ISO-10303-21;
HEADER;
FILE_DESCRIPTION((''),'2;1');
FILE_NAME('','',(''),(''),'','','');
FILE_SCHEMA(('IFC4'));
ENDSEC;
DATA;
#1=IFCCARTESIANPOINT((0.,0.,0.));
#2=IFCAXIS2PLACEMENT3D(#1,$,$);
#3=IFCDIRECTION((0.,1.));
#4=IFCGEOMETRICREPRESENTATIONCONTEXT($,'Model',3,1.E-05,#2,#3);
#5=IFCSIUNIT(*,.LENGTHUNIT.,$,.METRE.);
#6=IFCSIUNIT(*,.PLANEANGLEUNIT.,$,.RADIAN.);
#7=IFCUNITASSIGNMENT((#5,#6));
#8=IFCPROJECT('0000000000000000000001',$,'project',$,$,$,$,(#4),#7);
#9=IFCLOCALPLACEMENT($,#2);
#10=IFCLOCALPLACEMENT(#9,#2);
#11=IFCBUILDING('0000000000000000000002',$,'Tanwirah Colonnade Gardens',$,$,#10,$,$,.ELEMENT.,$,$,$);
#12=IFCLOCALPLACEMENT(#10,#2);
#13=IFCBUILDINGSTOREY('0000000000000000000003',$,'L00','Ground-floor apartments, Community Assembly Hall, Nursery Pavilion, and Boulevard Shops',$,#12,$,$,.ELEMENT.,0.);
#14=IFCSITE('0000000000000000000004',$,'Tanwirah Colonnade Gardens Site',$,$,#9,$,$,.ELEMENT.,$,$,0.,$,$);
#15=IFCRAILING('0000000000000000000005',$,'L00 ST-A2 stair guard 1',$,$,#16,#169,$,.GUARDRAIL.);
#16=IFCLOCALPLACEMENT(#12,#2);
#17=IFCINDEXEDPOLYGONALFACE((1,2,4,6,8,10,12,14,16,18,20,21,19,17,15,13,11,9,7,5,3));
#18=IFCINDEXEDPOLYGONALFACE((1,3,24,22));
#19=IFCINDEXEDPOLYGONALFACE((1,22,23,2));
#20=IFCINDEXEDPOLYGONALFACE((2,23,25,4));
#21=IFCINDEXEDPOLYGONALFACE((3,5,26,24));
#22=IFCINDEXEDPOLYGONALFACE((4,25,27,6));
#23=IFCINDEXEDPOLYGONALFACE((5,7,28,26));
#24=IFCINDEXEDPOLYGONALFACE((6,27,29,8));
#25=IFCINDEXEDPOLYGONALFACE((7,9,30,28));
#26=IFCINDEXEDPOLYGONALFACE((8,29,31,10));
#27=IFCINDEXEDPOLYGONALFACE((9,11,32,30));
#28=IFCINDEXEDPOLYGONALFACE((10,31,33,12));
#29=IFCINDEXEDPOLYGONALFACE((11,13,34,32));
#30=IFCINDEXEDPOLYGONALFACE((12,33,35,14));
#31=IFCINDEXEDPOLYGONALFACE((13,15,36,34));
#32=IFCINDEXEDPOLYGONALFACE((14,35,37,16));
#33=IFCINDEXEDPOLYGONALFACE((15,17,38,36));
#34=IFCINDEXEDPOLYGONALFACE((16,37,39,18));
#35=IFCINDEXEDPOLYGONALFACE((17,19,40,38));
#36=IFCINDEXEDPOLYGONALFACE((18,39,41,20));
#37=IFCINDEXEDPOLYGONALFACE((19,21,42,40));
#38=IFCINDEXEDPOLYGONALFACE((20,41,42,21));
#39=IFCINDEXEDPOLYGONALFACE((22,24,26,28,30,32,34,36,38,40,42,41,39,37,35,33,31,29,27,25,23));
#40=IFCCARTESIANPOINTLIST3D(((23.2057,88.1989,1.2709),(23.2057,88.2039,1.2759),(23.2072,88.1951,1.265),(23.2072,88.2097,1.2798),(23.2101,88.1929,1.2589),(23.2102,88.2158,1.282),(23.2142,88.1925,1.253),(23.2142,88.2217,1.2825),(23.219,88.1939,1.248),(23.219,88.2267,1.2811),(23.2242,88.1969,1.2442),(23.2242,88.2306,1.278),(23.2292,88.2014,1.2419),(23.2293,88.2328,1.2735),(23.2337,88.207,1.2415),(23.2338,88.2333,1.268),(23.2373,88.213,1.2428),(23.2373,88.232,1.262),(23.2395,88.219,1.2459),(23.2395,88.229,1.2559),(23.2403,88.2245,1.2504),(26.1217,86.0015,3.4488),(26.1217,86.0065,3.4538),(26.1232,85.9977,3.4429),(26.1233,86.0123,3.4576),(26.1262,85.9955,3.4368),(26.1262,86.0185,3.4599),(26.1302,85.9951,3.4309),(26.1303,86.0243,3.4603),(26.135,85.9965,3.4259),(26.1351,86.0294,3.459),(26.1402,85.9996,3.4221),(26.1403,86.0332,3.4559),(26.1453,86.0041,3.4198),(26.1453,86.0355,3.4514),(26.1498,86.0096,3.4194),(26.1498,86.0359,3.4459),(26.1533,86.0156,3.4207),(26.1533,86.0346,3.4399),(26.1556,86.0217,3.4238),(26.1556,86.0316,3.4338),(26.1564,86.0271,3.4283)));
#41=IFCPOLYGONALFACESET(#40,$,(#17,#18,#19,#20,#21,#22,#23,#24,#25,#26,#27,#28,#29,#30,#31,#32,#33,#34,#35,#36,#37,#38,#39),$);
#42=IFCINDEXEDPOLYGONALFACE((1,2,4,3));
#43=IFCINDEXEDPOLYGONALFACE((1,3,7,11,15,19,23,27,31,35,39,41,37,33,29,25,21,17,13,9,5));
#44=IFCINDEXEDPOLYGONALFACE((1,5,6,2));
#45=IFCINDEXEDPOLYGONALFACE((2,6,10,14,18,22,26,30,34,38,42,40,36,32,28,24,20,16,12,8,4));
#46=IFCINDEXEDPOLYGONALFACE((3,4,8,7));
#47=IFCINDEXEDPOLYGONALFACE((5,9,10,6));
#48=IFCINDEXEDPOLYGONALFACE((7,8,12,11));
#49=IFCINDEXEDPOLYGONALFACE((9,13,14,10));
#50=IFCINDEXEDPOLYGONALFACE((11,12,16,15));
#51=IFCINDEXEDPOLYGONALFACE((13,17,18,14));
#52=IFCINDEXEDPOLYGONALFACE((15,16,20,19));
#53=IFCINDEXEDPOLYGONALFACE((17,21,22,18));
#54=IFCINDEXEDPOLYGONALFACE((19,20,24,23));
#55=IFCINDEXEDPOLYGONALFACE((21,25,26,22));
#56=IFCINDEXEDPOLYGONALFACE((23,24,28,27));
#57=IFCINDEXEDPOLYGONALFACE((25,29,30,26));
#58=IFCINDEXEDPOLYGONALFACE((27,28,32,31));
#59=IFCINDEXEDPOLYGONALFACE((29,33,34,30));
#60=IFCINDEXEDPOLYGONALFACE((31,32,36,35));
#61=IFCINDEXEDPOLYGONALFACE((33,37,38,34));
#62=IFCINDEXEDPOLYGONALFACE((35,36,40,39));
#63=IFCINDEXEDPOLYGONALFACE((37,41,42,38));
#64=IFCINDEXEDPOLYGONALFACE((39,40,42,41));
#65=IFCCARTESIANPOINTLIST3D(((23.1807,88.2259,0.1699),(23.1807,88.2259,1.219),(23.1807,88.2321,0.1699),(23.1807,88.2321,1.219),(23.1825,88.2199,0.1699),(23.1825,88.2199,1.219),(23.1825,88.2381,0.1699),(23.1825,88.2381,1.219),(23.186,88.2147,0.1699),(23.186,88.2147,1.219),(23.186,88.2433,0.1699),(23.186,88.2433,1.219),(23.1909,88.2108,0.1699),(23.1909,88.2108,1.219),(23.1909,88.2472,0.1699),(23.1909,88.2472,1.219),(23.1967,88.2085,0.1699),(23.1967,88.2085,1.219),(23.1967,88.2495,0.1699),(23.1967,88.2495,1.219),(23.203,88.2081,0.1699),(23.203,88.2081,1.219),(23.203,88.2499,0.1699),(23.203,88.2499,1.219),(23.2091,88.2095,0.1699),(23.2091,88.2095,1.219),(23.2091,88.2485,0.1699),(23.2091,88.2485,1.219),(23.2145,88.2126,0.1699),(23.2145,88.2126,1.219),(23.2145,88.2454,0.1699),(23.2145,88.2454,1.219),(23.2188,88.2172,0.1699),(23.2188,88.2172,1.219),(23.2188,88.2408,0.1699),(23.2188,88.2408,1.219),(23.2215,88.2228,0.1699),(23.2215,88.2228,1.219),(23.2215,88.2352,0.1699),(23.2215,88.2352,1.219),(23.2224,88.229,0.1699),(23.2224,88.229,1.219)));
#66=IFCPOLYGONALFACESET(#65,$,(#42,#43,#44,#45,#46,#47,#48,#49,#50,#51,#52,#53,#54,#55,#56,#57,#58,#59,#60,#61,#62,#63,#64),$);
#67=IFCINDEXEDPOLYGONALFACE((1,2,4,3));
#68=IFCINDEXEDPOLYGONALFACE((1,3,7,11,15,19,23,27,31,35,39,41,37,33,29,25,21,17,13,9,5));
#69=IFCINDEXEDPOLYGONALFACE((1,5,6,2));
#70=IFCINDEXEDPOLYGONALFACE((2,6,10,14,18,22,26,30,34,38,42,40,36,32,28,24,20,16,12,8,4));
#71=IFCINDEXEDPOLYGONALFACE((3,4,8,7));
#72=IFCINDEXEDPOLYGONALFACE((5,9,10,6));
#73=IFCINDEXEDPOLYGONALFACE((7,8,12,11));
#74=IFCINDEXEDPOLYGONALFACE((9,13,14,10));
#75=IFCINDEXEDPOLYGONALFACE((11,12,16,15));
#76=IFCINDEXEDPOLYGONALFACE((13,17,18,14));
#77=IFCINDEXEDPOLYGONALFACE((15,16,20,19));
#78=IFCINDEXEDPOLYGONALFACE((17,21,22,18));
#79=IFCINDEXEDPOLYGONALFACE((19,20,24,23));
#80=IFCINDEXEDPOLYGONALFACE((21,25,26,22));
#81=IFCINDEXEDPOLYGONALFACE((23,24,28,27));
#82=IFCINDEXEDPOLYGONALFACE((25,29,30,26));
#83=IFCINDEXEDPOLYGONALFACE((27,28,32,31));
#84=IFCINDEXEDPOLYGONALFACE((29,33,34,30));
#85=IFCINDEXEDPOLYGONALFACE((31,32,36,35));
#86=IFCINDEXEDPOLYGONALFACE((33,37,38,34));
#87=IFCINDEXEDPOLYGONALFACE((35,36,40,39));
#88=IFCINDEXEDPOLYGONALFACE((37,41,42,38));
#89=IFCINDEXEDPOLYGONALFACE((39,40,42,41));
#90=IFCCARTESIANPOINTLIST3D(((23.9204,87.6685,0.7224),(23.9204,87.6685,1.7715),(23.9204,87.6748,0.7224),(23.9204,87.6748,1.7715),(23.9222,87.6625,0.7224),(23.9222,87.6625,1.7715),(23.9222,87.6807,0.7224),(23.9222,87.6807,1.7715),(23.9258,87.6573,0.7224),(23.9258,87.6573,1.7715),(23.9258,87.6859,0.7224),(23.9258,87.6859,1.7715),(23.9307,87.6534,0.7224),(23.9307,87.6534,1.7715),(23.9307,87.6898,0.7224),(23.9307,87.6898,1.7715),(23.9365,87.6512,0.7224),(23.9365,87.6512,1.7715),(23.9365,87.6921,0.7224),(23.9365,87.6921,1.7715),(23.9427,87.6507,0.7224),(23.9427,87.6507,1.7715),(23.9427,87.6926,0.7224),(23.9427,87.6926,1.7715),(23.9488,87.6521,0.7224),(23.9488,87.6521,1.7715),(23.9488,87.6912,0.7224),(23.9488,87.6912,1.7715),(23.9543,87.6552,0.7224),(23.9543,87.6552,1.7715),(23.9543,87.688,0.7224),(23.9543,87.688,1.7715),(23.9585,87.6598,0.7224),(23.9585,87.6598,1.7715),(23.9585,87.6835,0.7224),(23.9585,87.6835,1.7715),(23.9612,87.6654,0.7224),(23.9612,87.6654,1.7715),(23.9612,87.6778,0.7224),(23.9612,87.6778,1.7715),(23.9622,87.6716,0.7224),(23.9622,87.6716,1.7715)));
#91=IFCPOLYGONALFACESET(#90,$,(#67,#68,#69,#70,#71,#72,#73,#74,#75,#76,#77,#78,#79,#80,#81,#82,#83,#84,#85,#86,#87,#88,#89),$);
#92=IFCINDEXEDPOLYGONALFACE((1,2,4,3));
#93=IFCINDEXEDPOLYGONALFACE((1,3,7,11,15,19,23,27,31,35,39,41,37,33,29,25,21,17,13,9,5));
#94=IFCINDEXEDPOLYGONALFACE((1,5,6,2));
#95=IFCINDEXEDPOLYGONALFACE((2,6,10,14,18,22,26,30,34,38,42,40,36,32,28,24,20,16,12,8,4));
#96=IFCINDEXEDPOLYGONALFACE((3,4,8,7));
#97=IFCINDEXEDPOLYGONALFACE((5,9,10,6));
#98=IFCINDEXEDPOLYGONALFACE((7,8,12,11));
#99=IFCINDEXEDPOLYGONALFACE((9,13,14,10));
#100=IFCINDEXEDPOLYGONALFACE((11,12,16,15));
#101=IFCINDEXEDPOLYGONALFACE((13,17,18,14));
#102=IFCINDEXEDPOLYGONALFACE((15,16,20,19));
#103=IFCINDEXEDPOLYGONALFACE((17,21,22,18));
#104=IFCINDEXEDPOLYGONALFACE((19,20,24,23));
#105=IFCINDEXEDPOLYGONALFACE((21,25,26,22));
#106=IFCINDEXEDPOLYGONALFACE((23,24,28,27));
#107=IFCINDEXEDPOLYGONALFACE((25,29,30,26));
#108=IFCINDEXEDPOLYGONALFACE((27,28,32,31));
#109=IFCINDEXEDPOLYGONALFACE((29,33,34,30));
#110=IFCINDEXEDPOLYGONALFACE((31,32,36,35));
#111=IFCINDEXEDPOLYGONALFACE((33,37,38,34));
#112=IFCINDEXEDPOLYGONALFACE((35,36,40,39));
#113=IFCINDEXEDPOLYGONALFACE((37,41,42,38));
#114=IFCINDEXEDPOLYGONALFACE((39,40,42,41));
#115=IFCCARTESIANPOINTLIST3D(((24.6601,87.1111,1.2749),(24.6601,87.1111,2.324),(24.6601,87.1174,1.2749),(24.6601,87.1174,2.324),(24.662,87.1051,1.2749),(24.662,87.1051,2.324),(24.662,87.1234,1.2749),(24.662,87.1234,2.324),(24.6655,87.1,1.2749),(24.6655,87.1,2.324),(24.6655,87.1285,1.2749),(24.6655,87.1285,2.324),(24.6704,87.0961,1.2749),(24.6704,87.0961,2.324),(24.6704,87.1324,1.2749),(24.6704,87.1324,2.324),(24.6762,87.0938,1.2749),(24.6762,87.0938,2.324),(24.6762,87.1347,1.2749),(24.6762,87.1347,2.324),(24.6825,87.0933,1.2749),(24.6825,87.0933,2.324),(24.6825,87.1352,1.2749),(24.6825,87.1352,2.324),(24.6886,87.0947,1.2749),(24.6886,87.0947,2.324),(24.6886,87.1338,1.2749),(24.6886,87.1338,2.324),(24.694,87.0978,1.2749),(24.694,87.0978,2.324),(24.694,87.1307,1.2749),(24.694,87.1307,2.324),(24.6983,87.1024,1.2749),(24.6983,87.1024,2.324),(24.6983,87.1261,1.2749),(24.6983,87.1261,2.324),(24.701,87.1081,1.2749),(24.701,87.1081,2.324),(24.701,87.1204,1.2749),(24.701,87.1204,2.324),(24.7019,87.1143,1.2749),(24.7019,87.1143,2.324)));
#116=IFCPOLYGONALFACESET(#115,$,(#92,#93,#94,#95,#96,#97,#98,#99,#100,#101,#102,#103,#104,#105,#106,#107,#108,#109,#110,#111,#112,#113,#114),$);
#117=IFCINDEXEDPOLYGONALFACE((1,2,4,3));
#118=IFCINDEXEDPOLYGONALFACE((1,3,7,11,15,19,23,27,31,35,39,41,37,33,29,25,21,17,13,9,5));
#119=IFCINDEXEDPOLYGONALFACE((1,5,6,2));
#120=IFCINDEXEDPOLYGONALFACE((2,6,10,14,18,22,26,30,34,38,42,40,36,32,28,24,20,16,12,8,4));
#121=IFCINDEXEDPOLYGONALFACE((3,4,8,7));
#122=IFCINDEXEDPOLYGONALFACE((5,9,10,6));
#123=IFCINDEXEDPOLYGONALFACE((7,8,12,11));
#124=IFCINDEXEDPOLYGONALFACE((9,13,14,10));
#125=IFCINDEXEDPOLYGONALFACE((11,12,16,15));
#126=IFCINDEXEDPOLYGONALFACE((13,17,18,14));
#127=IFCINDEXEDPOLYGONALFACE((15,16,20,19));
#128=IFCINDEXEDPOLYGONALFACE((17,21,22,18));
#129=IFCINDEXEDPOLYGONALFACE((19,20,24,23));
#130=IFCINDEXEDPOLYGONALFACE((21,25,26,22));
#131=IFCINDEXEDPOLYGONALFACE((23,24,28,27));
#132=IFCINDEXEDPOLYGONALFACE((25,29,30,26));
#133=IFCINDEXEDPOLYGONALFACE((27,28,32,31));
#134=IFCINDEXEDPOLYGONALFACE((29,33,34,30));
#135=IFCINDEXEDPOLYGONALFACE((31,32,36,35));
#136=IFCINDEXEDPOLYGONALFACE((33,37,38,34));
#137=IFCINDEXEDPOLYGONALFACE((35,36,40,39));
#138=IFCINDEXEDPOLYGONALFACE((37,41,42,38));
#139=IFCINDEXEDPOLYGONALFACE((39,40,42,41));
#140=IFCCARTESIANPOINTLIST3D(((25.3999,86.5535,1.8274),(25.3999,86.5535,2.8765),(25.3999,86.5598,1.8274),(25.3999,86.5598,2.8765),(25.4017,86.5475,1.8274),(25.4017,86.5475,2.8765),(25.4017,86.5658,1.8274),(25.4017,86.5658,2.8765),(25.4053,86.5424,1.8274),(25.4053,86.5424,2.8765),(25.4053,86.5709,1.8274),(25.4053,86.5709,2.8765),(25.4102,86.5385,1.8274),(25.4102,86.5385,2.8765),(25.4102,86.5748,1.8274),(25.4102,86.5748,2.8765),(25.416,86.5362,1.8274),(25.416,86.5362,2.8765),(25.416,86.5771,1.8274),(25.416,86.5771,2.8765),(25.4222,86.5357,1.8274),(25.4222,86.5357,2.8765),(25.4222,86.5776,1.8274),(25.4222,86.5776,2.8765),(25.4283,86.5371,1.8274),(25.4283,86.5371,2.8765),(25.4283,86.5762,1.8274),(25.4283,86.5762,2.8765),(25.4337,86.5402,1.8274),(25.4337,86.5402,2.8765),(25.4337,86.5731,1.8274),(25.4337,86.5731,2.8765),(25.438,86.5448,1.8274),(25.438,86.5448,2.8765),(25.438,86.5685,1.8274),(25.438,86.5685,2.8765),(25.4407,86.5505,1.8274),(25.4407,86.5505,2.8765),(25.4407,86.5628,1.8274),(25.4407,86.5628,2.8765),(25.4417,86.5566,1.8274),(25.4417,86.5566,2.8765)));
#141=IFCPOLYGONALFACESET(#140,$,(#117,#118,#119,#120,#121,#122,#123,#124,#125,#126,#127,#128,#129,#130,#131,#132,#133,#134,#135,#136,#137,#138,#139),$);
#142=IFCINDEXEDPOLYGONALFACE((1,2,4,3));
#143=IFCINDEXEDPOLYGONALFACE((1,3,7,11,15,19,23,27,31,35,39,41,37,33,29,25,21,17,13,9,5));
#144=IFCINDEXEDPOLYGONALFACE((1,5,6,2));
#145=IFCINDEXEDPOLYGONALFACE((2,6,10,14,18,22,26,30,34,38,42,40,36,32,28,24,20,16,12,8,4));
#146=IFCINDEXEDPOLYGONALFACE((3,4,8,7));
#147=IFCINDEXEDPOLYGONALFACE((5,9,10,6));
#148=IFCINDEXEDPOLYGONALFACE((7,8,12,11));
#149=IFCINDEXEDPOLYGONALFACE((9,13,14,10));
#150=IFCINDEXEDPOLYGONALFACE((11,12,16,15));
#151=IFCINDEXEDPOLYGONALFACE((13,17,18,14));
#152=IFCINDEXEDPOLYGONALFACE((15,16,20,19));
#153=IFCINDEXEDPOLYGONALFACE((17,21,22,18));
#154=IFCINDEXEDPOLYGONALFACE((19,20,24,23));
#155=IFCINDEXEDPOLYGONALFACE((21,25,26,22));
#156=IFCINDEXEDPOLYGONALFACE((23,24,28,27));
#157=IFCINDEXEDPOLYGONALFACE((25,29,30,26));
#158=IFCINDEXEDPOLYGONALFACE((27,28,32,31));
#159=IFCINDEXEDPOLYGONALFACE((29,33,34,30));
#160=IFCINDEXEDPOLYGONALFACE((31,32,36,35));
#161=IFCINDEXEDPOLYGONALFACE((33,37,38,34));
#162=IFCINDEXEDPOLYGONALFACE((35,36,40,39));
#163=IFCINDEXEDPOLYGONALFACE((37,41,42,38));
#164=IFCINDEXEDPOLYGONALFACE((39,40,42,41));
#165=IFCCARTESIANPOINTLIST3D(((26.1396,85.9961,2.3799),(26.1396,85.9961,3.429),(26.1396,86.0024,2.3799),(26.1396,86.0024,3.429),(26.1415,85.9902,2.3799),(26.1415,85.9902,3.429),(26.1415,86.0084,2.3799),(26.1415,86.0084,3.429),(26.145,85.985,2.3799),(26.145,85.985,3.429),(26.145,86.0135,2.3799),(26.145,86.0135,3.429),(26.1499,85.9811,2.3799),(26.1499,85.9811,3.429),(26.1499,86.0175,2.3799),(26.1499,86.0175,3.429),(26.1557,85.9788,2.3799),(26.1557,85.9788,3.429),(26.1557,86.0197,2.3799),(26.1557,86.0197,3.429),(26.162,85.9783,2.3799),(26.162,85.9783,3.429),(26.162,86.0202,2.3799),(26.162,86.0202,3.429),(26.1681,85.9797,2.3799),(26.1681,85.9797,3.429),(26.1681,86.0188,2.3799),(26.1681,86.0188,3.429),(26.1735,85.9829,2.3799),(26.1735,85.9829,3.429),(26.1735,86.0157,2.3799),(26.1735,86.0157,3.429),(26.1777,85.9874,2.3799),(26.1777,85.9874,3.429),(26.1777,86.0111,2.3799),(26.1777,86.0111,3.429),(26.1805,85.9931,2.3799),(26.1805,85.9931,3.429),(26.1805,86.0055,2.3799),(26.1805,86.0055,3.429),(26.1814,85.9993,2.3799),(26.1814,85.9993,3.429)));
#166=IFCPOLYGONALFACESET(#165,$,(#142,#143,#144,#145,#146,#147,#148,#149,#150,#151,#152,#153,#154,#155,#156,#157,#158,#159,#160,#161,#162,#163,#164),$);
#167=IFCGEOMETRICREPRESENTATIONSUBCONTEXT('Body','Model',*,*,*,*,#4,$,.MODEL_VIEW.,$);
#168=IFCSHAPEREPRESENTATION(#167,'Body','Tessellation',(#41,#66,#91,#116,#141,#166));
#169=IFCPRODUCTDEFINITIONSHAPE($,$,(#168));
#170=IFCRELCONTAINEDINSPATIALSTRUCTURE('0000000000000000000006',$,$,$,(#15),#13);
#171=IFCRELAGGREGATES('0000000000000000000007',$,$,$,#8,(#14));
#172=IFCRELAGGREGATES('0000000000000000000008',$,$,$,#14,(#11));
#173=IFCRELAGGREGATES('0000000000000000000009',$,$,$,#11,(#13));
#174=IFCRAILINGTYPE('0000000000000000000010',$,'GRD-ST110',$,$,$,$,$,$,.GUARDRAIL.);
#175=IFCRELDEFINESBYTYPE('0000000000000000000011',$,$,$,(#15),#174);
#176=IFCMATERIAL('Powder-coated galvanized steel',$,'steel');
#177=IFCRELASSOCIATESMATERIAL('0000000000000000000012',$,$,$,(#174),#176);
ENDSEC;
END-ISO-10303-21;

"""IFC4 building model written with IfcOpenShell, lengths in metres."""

from ifc_helpers import new_model, si_unit, direction, frame, origin, origin_2d, place, context, subcontext, project, spatial, circle, extrude, material, type_object, element, save


model = new_model("IFC4")

# Units and contexts
model_context = context("Model", 3, precision=1e-05, world=origin(), true_north=direction((0.0, 1.0)))
body_context = subcontext(model_context, "Body", "Model", "MODEL_VIEW")
ifc_project = project(units=[si_unit("LENGTHUNIT", "METRE"), si_unit("PLANEANGLEUNIT", "RADIAN")], contexts=[model_context])

# Site, building, storey
site_placement = place(None, origin())
site = spatial("IfcSite", under=ifc_project, at=site_placement, Name="Tanwirah Colonnade Gardens Site", CompositionType="ELEMENT", RefElevation=0.0)
building_placement = place(site_placement, origin())
building = spatial("IfcBuilding", under=site, at=building_placement, Name="Tanwirah Colonnade Gardens", CompositionType="ELEMENT")
storey_placement = place(building_placement, origin())
storey = spatial("IfcBuildingStorey", under=building, at=storey_placement, Name="L00", Description="Ground-floor apartments, Community Assembly Hall, Nursery Pavilion, and Boulevard Shops", CompositionType="ELEMENT", Elevation=0.0)

# Railing
ifc_material_1 = material(Name="Powder-coated galvanized steel", Category="steel")
railing_type_1 = type_object("IfcRailingType", Name="GRD-ST110", PredefinedType="GUARDRAIL", material=ifc_material_1)
railing_1_placement = place(storey_placement, frame((23.2014, 88.229, 0.1699)))
element("IfcRailing", 1, at=railing_1_placement, inside=storey, type_object=railing_type_1, Name="L00 ST-A2 stair guard 1", PredefinedType="GUARDRAIL", context=body_context, shape_type="SweptSolid", body=[
    extrude(circle(Radius=0.0239, at=origin_2d()), frame((0.0215, -0.0161, 1.092), z_axis=(0.685891, -0.516852, 0.512268), x_axis=(0.601812, 0.798638, 0.0)), (0.0, 0.0, 1.0), 4.2515),
    extrude(circle(Radius=0.021, at=origin_2d()), origin(), (0.0, 0.0, 1.0), 1.0491),
    extrude(circle(Radius=0.021, at=origin_2d()), frame((0.7397, -0.5574, 0.5525)), (0.0, 0.0, 1.0), 1.0491),
    extrude(circle(Radius=0.021, at=origin_2d()), frame((1.4795, -1.1147, 1.105)), (0.0, 0.0, 1.0), 1.0491),
    extrude(circle(Radius=0.021, at=origin_2d()), frame((2.2192, -1.6724, 1.6575)), (0.0, 0.0, 1.0), 1.0491),
    extrude(circle(Radius=0.021, at=origin_2d()), frame((2.959, -2.2297, 2.21)), (0.0, 0.0, 1.0), 1.0491),
])

save(model, "model.ifc")
